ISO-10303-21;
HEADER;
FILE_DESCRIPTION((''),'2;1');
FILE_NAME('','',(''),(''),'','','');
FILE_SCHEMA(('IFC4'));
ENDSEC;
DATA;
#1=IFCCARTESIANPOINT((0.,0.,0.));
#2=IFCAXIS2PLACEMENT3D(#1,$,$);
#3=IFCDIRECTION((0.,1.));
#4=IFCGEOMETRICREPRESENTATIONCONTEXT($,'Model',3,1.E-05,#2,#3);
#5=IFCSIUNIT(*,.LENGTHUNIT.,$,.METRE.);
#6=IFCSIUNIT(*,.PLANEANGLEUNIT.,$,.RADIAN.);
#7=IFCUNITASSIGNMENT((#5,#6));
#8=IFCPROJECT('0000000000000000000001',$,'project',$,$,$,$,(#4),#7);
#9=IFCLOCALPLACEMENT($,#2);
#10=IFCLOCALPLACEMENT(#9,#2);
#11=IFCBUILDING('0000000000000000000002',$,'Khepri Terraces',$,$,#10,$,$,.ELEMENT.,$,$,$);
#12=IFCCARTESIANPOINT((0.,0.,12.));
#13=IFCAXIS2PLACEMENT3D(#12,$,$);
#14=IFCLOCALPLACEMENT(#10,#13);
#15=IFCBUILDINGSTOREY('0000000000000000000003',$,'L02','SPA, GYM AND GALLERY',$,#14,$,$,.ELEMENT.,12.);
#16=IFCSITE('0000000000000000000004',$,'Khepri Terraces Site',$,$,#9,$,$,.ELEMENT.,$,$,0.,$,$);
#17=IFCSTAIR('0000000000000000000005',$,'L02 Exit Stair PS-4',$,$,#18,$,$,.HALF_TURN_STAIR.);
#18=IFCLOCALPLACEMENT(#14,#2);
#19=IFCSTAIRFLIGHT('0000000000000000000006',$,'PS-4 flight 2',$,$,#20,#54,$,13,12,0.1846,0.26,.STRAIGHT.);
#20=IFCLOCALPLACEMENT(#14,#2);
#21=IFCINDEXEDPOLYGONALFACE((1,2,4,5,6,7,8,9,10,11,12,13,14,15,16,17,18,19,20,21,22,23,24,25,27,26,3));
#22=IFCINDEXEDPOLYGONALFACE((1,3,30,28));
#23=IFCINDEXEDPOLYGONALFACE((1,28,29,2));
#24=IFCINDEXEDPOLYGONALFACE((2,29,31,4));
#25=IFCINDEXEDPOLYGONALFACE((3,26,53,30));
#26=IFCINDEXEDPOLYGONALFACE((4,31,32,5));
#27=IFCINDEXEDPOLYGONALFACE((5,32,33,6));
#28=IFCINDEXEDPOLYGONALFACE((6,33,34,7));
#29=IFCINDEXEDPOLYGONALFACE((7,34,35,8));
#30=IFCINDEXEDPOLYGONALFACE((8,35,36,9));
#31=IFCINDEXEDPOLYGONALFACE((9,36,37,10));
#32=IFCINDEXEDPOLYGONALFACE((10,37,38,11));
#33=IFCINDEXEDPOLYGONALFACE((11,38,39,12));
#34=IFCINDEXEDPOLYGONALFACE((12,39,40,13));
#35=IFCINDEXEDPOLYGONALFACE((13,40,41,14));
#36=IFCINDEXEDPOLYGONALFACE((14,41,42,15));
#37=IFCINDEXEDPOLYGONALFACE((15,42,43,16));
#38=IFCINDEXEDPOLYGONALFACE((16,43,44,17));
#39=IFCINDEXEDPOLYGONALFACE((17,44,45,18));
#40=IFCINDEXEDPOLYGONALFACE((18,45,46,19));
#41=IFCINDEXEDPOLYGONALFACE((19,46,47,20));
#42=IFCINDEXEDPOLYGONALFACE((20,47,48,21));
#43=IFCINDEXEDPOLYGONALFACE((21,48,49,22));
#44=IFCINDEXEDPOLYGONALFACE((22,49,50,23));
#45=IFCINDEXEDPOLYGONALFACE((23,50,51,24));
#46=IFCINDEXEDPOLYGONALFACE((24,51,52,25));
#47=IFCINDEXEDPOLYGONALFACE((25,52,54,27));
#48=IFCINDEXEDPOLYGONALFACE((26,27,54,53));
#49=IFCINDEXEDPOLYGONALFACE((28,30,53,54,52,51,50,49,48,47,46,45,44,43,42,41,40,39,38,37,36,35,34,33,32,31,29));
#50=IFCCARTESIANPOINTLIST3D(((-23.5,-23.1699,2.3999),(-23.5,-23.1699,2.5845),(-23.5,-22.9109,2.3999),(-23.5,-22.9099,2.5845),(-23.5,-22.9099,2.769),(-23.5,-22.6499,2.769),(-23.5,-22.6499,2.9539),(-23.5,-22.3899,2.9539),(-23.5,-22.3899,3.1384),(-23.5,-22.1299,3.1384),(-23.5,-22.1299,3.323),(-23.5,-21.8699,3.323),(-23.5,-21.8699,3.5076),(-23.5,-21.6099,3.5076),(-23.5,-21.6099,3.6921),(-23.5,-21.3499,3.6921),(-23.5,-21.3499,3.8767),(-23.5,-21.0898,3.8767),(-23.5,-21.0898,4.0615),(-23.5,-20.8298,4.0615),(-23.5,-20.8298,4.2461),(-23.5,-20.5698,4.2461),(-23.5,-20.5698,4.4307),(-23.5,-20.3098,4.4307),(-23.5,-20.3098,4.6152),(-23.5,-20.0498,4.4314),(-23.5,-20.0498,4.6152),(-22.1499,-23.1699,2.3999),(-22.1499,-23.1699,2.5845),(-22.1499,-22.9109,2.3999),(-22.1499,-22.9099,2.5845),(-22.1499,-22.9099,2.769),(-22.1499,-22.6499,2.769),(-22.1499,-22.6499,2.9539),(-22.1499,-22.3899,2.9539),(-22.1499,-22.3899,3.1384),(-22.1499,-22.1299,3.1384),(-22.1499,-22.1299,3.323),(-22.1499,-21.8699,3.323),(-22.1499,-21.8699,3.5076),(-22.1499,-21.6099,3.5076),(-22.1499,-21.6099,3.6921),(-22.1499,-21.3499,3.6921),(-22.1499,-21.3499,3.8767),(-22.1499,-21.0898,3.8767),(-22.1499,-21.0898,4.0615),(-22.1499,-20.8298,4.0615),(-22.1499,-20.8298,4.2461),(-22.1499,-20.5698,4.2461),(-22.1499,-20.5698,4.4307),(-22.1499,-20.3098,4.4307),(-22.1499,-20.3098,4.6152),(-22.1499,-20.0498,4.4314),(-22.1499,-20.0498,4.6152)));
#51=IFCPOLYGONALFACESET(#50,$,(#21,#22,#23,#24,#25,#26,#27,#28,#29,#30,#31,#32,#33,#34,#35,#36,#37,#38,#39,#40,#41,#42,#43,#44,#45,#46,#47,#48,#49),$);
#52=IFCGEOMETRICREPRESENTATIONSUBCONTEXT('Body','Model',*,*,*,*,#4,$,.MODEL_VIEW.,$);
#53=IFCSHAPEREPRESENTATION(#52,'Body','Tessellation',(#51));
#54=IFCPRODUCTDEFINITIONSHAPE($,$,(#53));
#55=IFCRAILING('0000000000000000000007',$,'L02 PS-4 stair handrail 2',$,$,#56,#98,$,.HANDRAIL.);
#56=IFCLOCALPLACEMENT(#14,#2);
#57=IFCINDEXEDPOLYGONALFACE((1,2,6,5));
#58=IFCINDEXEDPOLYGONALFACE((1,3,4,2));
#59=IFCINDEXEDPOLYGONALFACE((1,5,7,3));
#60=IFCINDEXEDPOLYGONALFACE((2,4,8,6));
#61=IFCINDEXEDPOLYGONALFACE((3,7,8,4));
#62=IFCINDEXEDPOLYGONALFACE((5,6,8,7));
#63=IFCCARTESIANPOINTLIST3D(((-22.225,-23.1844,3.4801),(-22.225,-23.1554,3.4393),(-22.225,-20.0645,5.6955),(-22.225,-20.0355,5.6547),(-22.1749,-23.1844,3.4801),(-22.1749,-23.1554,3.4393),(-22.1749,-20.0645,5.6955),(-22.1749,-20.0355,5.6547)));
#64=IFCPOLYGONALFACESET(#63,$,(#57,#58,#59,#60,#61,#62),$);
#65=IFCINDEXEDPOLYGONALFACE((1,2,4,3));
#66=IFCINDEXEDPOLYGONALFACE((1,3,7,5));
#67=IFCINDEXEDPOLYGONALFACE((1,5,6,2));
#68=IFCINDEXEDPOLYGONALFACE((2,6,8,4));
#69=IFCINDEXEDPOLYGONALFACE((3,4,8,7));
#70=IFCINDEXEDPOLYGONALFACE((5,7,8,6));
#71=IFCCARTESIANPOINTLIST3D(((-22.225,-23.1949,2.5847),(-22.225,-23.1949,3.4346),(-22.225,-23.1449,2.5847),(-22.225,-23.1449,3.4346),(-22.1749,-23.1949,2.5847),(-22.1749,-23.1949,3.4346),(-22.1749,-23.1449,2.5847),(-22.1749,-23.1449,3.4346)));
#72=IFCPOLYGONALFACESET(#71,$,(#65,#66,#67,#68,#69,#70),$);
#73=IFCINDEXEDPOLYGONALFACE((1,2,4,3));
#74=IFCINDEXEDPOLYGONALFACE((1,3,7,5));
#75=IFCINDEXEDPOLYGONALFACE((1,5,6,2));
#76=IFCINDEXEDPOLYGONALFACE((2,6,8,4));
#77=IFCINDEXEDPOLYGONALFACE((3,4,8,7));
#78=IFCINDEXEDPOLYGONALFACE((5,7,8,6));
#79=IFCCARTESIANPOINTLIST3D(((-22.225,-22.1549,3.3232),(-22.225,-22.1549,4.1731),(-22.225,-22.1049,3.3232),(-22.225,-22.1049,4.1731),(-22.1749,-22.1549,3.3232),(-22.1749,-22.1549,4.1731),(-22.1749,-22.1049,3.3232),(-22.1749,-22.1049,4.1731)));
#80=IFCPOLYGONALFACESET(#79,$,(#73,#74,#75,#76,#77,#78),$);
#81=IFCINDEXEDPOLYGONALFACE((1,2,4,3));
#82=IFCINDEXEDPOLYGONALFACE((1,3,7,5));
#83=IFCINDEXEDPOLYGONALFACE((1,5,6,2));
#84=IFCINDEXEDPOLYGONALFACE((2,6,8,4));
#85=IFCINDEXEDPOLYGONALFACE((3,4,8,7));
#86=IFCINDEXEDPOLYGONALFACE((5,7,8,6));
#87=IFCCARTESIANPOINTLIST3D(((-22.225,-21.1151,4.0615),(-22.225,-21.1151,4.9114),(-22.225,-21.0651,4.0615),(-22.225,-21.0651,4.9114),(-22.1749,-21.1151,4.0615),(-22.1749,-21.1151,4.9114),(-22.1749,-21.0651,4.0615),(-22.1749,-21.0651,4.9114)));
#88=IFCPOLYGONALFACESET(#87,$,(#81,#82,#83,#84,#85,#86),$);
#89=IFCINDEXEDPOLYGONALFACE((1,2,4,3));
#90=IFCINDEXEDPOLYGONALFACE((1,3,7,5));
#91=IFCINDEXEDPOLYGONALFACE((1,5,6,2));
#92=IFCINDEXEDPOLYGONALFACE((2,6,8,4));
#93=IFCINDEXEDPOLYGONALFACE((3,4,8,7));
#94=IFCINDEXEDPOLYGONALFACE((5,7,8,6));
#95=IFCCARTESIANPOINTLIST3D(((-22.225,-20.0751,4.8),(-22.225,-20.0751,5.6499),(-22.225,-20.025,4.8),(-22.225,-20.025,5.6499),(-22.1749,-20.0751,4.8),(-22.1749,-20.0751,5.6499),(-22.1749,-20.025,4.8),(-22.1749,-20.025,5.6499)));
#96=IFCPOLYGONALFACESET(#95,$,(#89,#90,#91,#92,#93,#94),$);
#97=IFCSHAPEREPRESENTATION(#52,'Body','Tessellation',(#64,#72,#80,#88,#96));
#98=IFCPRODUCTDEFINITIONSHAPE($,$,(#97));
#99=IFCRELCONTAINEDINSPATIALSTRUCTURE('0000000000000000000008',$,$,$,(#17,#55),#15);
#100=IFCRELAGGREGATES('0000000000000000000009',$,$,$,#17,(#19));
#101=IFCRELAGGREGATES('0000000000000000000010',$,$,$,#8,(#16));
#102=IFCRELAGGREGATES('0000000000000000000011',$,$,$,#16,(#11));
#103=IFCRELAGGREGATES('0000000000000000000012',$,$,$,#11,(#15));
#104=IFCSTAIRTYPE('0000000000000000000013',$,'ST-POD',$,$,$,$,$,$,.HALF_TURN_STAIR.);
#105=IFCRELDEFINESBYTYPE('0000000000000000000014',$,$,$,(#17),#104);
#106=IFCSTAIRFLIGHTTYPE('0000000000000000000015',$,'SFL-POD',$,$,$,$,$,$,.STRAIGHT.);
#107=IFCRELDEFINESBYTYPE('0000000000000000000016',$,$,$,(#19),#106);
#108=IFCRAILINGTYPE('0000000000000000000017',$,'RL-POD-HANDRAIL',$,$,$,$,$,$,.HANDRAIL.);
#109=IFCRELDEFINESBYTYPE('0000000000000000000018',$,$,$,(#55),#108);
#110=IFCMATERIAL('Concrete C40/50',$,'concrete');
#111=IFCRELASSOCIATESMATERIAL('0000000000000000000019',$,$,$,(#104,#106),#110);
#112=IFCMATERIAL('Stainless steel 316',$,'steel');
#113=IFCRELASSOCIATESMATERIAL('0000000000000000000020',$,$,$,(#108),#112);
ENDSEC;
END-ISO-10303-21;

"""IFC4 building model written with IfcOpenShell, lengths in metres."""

from ifc_helpers import new_model, si_unit, direction, frame, origin, origin_2d, place, context, subcontext, project, spatial, polyline, rectangle, outline, extrude, material, type_object, element, aggregate, save


model = new_model("IFC4")

# Units and contexts
model_context = context("Model", 3, precision=1e-05, world=origin(), true_north=direction((0.0, 1.0)))
body_context = subcontext(model_context, "Body", "Model", "MODEL_VIEW")
ifc_project = project(units=[si_unit("LENGTHUNIT", "METRE"), si_unit("PLANEANGLEUNIT", "RADIAN")], contexts=[model_context])

# Site, building, storey
site_placement = place(None, origin())
site = spatial("IfcSite", under=ifc_project, at=site_placement, Name="Khepri Terraces Site", CompositionType="ELEMENT", RefElevation=0.0)
building_placement = place(site_placement, origin())
building = spatial("IfcBuilding", under=site, at=building_placement, Name="Khepri Terraces", CompositionType="ELEMENT")
storey_placement = place(building_placement, frame((0.0, 0.0, 12.0)))
storey = spatial("IfcBuildingStorey", under=building, at=storey_placement, Name="L02", Description="SPA, GYM AND GALLERY", CompositionType="ELEMENT", Elevation=12.0)

# Stair, stair flight
ifc_material_1 = material(Name="Concrete C40/50", Category="concrete")
stair_type = type_object("IfcStairType", Name="ST-POD", PredefinedType="HALF_TURN_STAIR", material=ifc_material_1)
stair_placement = place(storey_placement, origin())
stair = element("IfcStair", 1, at=stair_placement, inside=storey, type_object=stair_type, Name="L02 Exit Stair PS-4", PredefinedType="HALF_TURN_STAIR")
stair_flight_type = type_object("IfcStairFlightType", Name="SFL-POD", PredefinedType="STRAIGHT", material=ifc_material_1)
stair_flight_placement = place(storey_placement, frame((-22.825, -23.1699, 2.3999), z_axis=(0.0, 0.0, 1.0), x_axis=(0.0, 1.0, 0.0)))
stair_flight = element("IfcStairFlight", 2, at=stair_flight_placement, type_object=stair_flight_type, Name="PS-4 flight 2", NumberOfRisers=13, NumberOfTreads=12, PredefinedType="STRAIGHT", RiserHeight=0.1846, TreadLength=0.26, context=body_context, shape_type="SweptSolid", body=[
    extrude(outline(polyline([(0.0, 0.0), (0.0, 0.1846), (0.26, 0.1846), (0.26, 0.3691), (0.52, 0.3691), (0.52, 0.554), (0.78, 0.554), (0.78, 0.7385), (1.04, 0.7385), (1.04, 0.9231), (1.3, 0.9231), (1.3, 1.1077), (1.5601, 1.1077), (1.5601, 1.2922), (1.8201, 1.2922), (1.8201, 1.4768), (2.0801, 1.4768), (2.0801, 1.6616), (2.3401, 1.6616), (2.3401, 1.8462), (2.6001, 1.8462), (2.6001, 2.0308), (2.8601, 2.0308), (2.8601, 2.2153), (3.1201, 2.2153), (3.1201, 2.3999), (3.1201, 2.0315), (0.259, 0.0), (0.0, 0.0)])), frame((0.0, 0.675, 0.0), z_axis=(0.0, -1.0, 0.0), x_axis=(1.0, 0.0, 0.0)), (0.0, 0.0, 1.0), 1.3501),
])
aggregate(stair, [stair_flight])

# Railing
ifc_material_2 = material(Name="Stainless steel 316", Category="steel")
railing_type = type_object("IfcRailingType", Name="RL-POD-HANDRAIL", PredefinedType="HANDRAIL", material=ifc_material_2)
railing_placement = place(storey_placement, frame((-22.2, -23.1699, 2.5847)))
element("IfcRailing", 3, at=railing_placement, inside=storey, type_object=railing_type, Name="L02 PS-4 stair handrail 2", PredefinedType="HANDRAIL", context=body_context, shape_type="SweptSolid", body=[
    extrude(rectangle(XDim=0.05, YDim=0.05, at=origin_2d()), frame((0.0, 0.0, 0.875), z_axis=(0.0, 0.815356, 0.578961), x_axis=(-1.0, 0.0, 0.0)), (0.0, 0.0, 1.0), 3.8264),
    extrude(rectangle(XDim=0.05, YDim=0.05, at=origin_2d()), origin(), (0.0, 0.0, 1.0), 0.8499),
    extrude(rectangle(XDim=0.05, YDim=0.05, at=origin_2d()), frame((0.0, 1.04, 0.7385)), (0.0, 0.0, 1.0), 0.8499),
    extrude(rectangle(XDim=0.05, YDim=0.05, at=origin_2d()), frame((0.0, 2.0798, 1.4768)), (0.0, 0.0, 1.0), 0.8499),
    extrude(rectangle(XDim=0.05, YDim=0.05, at=origin_2d()), frame((0.0, 3.1199, 2.2153)), (0.0, 0.0, 1.0), 0.8499),
])

save(model, "model.ifc")
